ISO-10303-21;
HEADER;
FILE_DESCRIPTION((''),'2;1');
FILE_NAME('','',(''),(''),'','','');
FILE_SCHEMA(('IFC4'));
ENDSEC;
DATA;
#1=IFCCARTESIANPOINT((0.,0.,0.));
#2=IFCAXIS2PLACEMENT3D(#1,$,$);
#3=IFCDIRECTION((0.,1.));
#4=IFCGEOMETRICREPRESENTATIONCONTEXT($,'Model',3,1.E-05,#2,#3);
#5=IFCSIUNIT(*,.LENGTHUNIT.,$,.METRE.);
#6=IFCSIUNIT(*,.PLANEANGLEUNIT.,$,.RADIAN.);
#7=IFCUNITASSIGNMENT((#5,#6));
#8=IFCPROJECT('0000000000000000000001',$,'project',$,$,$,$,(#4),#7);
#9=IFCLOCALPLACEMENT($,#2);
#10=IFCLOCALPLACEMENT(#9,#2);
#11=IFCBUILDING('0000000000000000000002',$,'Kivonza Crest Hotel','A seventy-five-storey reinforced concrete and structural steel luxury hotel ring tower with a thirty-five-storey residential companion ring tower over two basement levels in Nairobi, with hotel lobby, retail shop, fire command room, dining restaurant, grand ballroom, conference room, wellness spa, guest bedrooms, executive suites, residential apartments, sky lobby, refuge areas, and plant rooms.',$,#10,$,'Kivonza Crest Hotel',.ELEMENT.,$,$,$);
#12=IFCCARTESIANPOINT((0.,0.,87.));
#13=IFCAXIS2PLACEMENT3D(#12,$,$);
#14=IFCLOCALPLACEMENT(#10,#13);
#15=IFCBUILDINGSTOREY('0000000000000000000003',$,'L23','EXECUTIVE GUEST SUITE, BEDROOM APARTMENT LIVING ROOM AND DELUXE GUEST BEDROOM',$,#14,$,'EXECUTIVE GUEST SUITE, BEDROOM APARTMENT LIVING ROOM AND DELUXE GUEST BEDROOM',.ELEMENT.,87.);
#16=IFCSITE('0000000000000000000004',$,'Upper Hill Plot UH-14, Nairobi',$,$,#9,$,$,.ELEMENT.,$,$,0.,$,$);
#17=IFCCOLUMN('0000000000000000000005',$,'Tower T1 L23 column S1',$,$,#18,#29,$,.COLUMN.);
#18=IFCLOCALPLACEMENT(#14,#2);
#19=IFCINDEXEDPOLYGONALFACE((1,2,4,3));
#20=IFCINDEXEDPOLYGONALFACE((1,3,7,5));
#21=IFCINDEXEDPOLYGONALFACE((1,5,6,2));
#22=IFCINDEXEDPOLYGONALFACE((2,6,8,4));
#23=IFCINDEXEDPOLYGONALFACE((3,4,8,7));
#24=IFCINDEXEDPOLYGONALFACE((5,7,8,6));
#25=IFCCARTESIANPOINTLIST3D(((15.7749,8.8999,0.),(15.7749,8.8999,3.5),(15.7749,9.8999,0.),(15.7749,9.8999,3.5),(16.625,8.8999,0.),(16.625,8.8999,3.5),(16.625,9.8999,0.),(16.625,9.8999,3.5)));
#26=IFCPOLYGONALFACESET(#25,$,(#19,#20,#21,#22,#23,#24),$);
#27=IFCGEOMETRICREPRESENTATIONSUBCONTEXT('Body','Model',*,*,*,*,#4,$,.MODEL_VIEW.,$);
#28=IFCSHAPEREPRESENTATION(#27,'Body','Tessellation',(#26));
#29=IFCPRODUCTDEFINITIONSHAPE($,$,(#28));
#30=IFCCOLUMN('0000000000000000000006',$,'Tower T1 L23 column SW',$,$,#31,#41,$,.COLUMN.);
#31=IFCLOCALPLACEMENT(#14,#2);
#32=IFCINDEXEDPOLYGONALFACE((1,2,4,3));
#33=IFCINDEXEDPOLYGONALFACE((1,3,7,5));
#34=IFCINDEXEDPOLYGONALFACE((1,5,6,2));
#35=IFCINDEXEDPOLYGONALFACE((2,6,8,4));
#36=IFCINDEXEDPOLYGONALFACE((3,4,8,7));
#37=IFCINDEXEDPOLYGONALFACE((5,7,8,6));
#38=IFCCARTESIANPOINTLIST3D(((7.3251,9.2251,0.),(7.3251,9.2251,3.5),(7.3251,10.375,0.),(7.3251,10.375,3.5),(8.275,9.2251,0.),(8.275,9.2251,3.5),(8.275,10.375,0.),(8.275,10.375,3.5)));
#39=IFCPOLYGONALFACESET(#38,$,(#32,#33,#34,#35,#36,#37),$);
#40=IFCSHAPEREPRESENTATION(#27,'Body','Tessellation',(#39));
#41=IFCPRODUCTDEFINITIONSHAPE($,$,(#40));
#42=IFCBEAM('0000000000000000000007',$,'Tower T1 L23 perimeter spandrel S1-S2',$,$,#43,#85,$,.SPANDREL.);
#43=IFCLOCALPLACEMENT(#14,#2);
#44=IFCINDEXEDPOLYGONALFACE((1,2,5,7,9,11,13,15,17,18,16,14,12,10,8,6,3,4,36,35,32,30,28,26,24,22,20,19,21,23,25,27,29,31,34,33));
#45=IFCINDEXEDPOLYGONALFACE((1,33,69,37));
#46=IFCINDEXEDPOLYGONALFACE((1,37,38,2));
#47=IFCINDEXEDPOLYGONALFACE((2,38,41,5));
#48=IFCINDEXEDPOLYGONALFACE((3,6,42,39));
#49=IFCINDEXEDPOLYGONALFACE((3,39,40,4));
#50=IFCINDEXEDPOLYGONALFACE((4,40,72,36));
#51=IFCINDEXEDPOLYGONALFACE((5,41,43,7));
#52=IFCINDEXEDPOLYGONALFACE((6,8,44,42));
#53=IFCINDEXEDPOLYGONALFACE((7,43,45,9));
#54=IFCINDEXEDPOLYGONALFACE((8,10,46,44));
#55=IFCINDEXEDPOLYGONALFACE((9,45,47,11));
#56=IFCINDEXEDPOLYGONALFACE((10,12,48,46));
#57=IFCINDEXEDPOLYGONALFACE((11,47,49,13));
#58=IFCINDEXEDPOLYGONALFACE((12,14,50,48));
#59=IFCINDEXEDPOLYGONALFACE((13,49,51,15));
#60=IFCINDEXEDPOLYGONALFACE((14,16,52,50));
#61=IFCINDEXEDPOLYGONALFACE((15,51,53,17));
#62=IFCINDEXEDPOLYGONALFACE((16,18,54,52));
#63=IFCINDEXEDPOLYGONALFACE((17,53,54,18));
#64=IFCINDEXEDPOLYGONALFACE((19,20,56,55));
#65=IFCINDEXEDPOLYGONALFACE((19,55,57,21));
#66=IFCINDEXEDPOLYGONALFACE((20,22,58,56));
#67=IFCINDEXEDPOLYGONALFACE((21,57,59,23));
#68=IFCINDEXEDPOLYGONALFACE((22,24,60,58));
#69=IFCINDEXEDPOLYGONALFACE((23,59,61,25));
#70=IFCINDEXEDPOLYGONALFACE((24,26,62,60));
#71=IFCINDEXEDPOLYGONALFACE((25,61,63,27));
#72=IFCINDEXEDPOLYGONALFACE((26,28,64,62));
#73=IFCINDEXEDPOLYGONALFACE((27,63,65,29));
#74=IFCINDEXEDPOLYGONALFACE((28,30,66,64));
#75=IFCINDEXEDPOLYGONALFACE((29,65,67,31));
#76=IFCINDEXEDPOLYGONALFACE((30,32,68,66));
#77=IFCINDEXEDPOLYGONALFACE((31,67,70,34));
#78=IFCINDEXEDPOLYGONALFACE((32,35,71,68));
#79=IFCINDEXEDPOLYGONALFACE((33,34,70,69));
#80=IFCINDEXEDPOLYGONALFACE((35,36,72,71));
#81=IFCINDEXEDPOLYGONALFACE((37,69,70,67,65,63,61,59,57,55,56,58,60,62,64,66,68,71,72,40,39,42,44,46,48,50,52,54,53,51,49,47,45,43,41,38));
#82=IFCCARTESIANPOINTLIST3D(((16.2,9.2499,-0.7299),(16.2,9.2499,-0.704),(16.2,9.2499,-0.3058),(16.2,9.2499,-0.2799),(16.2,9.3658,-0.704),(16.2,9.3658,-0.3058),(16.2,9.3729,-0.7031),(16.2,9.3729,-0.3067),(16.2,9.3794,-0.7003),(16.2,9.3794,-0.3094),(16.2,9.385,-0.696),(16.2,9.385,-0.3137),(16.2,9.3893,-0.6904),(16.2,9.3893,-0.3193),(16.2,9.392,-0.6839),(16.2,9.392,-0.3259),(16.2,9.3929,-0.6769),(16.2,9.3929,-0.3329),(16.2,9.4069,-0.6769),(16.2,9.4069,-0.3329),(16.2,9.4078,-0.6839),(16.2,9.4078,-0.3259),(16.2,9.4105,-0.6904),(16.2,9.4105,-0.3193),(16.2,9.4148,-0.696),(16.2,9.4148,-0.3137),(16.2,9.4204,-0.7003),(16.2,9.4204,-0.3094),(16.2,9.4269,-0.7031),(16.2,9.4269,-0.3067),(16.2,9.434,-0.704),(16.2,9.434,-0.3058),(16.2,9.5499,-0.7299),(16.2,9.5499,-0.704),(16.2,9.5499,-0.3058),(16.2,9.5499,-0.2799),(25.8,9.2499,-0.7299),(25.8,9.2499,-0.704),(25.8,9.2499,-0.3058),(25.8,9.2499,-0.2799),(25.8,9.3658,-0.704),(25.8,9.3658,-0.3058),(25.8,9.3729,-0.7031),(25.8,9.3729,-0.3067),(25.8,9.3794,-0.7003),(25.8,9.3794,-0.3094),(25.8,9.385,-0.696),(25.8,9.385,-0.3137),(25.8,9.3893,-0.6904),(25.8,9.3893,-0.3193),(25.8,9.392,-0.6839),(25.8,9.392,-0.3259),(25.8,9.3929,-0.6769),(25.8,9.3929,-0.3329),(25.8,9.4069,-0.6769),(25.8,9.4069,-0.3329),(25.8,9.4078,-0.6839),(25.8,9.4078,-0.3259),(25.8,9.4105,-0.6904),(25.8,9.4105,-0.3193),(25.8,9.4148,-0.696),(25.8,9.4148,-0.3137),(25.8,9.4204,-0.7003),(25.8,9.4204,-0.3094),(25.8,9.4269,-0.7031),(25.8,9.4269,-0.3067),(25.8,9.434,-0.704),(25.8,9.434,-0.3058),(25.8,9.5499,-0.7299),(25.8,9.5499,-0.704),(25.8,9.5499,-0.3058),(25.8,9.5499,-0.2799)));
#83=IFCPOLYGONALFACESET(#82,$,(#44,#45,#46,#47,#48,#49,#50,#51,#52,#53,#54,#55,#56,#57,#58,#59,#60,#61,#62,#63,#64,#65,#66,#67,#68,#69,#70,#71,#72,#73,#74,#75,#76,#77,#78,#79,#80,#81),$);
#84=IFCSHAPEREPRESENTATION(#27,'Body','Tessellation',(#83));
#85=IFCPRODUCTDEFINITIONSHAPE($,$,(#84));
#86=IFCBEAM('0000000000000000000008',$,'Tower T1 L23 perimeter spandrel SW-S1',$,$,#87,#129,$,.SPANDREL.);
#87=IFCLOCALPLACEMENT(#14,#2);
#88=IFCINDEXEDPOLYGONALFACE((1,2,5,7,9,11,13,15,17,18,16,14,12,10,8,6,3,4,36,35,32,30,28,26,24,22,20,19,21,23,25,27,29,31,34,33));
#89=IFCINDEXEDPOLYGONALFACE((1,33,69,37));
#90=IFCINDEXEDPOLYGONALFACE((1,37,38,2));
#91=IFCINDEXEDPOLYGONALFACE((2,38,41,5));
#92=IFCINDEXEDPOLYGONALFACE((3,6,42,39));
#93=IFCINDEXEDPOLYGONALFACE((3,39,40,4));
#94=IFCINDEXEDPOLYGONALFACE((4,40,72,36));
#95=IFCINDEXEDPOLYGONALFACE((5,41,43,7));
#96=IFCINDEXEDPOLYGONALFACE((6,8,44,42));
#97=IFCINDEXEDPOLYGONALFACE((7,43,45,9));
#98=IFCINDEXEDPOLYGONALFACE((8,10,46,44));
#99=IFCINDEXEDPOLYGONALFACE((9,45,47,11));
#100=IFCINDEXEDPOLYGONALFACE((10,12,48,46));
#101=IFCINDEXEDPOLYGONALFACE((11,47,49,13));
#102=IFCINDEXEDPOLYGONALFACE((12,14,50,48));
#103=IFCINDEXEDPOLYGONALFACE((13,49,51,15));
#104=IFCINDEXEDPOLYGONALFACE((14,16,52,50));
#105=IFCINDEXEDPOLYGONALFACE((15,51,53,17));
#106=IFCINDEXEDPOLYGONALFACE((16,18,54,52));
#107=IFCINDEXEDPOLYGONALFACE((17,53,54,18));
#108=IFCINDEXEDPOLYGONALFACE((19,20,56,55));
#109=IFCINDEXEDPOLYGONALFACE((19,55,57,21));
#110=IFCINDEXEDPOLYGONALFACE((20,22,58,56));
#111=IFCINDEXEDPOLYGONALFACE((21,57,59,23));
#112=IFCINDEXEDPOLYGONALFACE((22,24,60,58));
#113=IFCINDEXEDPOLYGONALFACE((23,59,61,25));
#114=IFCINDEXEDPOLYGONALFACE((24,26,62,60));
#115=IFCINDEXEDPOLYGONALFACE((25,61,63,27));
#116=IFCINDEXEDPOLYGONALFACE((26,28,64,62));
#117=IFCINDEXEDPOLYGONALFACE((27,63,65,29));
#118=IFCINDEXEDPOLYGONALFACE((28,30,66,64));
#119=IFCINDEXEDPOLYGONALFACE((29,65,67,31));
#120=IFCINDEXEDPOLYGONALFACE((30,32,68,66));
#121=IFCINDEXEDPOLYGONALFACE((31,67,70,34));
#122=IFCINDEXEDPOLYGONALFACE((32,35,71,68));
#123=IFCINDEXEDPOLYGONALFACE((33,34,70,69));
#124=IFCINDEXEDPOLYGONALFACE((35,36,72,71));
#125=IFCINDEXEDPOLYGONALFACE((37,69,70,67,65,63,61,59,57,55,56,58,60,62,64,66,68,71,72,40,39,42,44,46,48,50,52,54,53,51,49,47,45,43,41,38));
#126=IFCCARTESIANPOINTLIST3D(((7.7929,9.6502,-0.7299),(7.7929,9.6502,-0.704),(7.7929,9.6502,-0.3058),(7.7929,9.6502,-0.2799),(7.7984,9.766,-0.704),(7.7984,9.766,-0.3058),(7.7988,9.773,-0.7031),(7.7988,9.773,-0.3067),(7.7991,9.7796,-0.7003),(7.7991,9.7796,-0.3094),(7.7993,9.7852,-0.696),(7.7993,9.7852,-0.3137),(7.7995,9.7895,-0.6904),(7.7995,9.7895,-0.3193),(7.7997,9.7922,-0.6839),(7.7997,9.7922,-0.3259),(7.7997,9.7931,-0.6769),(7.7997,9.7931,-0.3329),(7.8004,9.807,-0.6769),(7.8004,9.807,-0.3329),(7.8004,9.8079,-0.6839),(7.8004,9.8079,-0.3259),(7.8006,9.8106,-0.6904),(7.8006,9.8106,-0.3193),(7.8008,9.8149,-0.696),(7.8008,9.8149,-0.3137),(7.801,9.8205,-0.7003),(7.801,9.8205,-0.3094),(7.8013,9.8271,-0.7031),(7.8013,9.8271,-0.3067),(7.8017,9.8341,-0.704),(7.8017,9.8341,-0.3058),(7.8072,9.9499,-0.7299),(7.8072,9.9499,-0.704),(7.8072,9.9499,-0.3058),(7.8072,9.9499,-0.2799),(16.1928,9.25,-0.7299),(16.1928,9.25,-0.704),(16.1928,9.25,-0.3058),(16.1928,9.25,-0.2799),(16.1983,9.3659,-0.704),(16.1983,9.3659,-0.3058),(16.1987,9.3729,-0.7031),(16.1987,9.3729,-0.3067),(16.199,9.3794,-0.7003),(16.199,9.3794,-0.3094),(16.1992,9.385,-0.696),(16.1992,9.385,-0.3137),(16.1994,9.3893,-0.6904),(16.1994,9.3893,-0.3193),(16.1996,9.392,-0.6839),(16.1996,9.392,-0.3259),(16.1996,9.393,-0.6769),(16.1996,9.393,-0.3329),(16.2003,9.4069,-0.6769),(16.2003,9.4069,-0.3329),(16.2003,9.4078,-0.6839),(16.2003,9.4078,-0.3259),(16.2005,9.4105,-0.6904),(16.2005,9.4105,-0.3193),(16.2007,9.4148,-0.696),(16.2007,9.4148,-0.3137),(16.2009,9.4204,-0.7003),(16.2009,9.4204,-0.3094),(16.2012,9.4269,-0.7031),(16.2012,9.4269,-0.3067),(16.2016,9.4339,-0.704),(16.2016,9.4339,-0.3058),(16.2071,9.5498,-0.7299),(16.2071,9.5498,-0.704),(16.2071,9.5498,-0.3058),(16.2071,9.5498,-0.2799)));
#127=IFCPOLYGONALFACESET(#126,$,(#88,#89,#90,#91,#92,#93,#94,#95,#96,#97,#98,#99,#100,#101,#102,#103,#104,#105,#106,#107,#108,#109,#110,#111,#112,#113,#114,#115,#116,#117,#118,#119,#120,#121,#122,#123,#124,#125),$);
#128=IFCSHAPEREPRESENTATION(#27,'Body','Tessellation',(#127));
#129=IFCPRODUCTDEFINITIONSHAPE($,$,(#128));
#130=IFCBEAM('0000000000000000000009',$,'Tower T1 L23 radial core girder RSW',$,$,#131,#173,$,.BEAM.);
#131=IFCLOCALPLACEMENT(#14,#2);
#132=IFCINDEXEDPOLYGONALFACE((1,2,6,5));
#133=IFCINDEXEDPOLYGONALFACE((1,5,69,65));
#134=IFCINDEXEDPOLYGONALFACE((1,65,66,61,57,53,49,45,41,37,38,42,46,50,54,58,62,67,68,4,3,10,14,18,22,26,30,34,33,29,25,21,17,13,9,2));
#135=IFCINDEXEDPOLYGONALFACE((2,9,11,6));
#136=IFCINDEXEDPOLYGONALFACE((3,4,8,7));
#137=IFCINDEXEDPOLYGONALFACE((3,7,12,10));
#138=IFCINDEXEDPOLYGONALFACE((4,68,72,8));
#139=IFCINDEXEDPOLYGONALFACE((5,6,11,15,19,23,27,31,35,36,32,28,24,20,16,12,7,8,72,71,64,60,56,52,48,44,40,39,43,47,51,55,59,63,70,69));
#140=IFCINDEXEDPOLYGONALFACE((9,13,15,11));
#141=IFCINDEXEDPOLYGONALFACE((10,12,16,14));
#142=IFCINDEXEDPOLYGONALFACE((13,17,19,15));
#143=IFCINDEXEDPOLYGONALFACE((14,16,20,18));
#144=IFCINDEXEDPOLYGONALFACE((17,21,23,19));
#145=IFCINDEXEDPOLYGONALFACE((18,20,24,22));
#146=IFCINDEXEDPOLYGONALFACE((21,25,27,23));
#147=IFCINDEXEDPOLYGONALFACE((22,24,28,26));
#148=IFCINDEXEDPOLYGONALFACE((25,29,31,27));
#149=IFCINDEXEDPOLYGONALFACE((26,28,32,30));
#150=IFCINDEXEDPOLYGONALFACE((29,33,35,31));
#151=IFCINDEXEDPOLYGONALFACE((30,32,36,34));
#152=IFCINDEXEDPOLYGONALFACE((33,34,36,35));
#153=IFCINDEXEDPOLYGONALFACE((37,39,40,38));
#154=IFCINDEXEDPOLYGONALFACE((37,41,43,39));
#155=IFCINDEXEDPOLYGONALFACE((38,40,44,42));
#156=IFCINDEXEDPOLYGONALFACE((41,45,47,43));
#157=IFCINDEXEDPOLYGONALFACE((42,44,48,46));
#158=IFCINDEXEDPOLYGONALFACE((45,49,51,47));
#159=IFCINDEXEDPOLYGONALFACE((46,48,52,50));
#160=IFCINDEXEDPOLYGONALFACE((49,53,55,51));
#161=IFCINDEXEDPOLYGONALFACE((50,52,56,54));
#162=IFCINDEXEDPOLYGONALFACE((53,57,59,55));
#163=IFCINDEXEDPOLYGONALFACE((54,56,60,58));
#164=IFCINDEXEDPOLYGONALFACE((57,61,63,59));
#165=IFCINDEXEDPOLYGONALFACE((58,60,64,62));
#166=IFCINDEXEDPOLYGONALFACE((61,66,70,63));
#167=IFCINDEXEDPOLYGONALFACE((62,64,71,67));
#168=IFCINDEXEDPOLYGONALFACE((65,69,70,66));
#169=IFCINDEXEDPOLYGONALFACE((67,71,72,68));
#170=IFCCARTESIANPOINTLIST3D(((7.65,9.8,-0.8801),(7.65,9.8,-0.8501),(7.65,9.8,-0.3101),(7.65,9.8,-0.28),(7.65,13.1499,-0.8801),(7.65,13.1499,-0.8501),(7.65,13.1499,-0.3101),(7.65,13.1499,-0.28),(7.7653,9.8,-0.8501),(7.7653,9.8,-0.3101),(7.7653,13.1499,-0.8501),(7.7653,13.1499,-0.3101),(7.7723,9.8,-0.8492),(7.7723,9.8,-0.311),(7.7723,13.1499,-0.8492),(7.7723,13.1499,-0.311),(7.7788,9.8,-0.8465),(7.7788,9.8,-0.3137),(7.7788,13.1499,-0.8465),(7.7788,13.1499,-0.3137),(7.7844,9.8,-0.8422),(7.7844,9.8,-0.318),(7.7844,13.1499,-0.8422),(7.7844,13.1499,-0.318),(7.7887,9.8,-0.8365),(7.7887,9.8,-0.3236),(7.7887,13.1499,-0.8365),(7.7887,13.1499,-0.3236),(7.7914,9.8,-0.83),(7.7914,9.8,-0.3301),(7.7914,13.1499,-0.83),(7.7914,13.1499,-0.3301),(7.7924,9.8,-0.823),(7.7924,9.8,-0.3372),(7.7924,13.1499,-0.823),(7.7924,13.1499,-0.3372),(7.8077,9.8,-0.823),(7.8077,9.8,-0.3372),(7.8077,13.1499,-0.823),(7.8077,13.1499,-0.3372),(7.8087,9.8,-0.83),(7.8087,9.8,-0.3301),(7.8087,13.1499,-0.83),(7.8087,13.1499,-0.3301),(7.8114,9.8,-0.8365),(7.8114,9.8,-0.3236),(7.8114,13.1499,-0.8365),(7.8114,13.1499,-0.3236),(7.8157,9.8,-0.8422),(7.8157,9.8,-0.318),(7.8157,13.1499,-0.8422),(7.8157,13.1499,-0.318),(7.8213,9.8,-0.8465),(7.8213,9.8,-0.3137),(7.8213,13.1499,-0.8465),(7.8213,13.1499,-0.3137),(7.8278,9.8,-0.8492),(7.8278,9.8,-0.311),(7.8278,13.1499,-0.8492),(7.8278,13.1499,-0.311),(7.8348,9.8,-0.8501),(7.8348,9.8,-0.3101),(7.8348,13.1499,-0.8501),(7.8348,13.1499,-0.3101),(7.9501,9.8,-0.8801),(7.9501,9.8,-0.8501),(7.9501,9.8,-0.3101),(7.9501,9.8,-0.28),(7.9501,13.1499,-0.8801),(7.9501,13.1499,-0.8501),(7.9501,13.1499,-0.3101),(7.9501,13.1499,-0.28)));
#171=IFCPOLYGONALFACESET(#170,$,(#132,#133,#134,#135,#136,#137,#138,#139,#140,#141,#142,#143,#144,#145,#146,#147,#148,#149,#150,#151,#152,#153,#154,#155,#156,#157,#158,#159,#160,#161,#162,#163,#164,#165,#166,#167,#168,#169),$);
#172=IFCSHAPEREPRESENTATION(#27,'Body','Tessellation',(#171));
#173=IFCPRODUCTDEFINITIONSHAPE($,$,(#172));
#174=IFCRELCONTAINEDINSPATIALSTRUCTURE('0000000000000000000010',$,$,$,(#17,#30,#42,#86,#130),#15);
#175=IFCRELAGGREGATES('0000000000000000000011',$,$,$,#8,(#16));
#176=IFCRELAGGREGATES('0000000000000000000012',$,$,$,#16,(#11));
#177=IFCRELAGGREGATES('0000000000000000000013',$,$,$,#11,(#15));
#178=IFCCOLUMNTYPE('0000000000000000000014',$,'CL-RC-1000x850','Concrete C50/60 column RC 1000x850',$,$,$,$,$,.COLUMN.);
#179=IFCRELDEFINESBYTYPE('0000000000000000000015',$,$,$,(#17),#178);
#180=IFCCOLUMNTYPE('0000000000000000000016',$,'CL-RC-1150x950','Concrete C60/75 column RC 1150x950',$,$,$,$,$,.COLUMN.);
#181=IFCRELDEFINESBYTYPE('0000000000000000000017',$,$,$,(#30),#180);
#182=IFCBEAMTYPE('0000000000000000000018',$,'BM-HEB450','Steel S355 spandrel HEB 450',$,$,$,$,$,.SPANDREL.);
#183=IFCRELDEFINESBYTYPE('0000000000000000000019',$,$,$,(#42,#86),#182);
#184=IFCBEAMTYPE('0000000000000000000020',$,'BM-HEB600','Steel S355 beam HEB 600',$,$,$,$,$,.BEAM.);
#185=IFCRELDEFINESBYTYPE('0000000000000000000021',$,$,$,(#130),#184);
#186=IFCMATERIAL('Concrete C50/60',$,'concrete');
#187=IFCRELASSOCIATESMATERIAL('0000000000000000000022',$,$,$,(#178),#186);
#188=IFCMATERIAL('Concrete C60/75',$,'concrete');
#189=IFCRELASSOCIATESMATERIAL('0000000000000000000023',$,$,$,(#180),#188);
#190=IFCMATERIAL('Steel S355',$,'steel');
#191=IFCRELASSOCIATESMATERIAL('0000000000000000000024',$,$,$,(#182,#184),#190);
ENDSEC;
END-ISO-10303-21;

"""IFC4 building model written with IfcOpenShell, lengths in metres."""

from ifc_helpers import new_model, si_unit, direction, frame, origin, origin_2d, place, context, subcontext, project, spatial, rectangle, i_section, extrude, material, material_profile, profile_set, type_object, element, save


model = new_model("IFC4")

# Units and contexts
model_context = context("Model", 3, precision=1e-05, world=origin(), true_north=direction((0.0, 1.0)))
body_context = subcontext(model_context, "Body", "Model", "MODEL_VIEW")
ifc_project = project(units=[si_unit("LENGTHUNIT", "METRE"), si_unit("PLANEANGLEUNIT", "RADIAN")], contexts=[model_context])

# Site, building, storey
site_placement = place(None, origin())
site = spatial("IfcSite", under=ifc_project, at=site_placement, Name="Upper Hill Plot UH-14, Nairobi", CompositionType="ELEMENT", RefElevation=0.0)
building_placement = place(site_placement, origin())
building = spatial("IfcBuilding", under=site, at=building_placement, Name="Kivonza Crest Hotel", Description="A seventy-five-storey reinforced concrete and structural steel luxury hotel ring tower with a thirty-five-storey residential companion ring tower over two basement levels in Nairobi, with hotel lobby, retail shop, fire command room, dining restaurant, grand ballroom, conference room, wellness spa, guest bedrooms, executive suites, residential apartments, sky lobby, refuge areas, and plant rooms.", LongName="Kivonza Crest Hotel", CompositionType="ELEMENT")
storey_placement = place(building_placement, frame((0.0, 0.0, 87.0)))
storey = spatial("IfcBuildingStorey", under=building, at=storey_placement, Name="L23", Description="EXECUTIVE GUEST SUITE, BEDROOM APARTMENT LIVING ROOM AND DELUXE GUEST BEDROOM", LongName="EXECUTIVE GUEST SUITE, BEDROOM APARTMENT LIVING ROOM AND DELUXE GUEST BEDROOM", CompositionType="ELEMENT", Elevation=87.0)

# Columns
ifc_material_1 = material(Name="Concrete C50/60", Category="concrete")
ifc_material_profile_1 = material_profile(ifc_material_1, rectangle(XDim=0.8501, YDim=1.0, at=origin_2d()), Name="RC 1000x850")
ifc_profile_set_1 = profile_set([ifc_material_profile_1], Name="Concrete C50/60")
column_type_1 = type_object("IfcColumnType", Name="CL-RC-1000x850", Description="Concrete C50/60 column RC 1000x850", PredefinedType="COLUMN", material=ifc_profile_set_1)
column_1_placement = place(storey_placement, frame((16.2, 9.3999, 0.0), z_axis=(0.0, 0.0, 1.0), x_axis=(1.0, 0.0, 0.0)))
element("IfcColumn", 1, at=column_1_placement, inside=storey, type_object=column_type_1, Name="Tower T1 L23 column S1", PredefinedType="COLUMN", context=body_context, shape_type="SweptSolid", body=[
    extrude(rectangle(XDim=0.8501, YDim=1.0, at=origin_2d()), origin(), (0.0, 0.0, 1.0), 3.5),
])
ifc_material_2 = material(Name="Concrete C60/75", Category="concrete")
ifc_material_profile_2 = material_profile(ifc_material_2, rectangle(XDim=0.95, YDim=1.1499, at=origin_2d()), Name="RC 1150x950")
ifc_profile_set_2 = profile_set([ifc_material_profile_2], Name="Concrete C60/75")
column_type_2 = type_object("IfcColumnType", Name="CL-RC-1150x950", Description="Concrete C60/75 column RC 1150x950", PredefinedType="COLUMN", material=ifc_profile_set_2)
column_2_placement = place(storey_placement, frame((7.8, 9.8, 0.0), z_axis=(0.0, 0.0, 1.0), x_axis=(1.0, 0.0, 0.0)))
element("IfcColumn", 2, at=column_2_placement, inside=storey, type_object=column_type_2, Name="Tower T1 L23 column SW", PredefinedType="COLUMN", context=body_context, shape_type="SweptSolid", body=[
    extrude(rectangle(XDim=0.95, YDim=1.1499, at=origin_2d()), origin(), (0.0, 0.0, 1.0), 3.5),
])

# Beams
ifc_material_3 = material(Name="Steel S355", Category="steel")
ifc_material_profile_3 = material_profile(ifc_material_3, i_section(OverallWidth=0.3, OverallDepth=0.45, WebThickness=0.0139, FlangeThickness=0.0259, FilletRadius=0.0271, at=origin_2d()), Name="HEB 450")
ifc_profile_set_3 = profile_set([ifc_material_profile_3], Name="Steel S355")
beam_type_1 = type_object("IfcBeamType", Name="BM-HEB450", Description="Steel S355 spandrel HEB 450", PredefinedType="SPANDREL", material=ifc_profile_set_3)
beam_1_placement = place(storey_placement, frame((16.2, 9.3999, -0.5049), z_axis=(1.0, 0.0, 0.0), x_axis=(0.0, 1.0, 0.0)))
element("IfcBeam", 3, at=beam_1_placement, inside=storey, type_object=beam_type_1, Name="Tower T1 L23 perimeter spandrel S1-S2", PredefinedType="SPANDREL", context=body_context, shape_type="SweptSolid", body=[
    extrude(i_section(OverallWidth=0.3, OverallDepth=0.45, WebThickness=0.0139, FlangeThickness=0.0259, FilletRadius=0.0271, at=origin_2d()), origin(), (0.0, 0.0, 1.0), 9.6001),
])
beam_2_placement = place(storey_placement, frame((7.8, 9.8, -0.5049), z_axis=(0.998867, -0.047583, 0.0), x_axis=(0.047583, 0.998867, 0.0)))
element("IfcBeam", 4, at=beam_2_placement, inside=storey, type_object=beam_type_1, Name="Tower T1 L23 perimeter spandrel SW-S1", PredefinedType="SPANDREL", context=body_context, shape_type="SweptSolid", body=[
    extrude(i_section(OverallWidth=0.3, OverallDepth=0.45, WebThickness=0.0139, FlangeThickness=0.0259, FilletRadius=0.0271, at=origin_2d()), origin(), (0.0, 0.0, 1.0), 8.4094),
])
ifc_material_profile_4 = material_profile(ifc_material_3, i_section(OverallWidth=0.3, OverallDepth=0.6001, WebThickness=0.0154, FlangeThickness=0.03, FilletRadius=0.0271, at=origin_2d()), Name="HEB 600")
ifc_profile_set_4 = profile_set([ifc_material_profile_4], Name="Steel S355")
beam_type_2 = type_object("IfcBeamType", Name="BM-HEB600", Description="Steel S355 beam HEB 600", PredefinedType="BEAM", material=ifc_profile_set_4)
beam_3_placement = place(storey_placement, frame((7.8, 9.8, -0.5801), z_axis=(0.0, 1.0, 0.0), x_axis=(-1.0, 0.0, 0.0)))
element("IfcBeam", 5, at=beam_3_placement, inside=storey, type_object=beam_type_2, Name="Tower T1 L23 radial core girder RSW", PredefinedType="BEAM", context=body_context, shape_type="SweptSolid", body=[
    extrude(i_section(OverallWidth=0.3, OverallDepth=0.6001, WebThickness=0.0154, FlangeThickness=0.03, FilletRadius=0.0271, at=origin_2d()), origin(), (0.0, 0.0, 1.0), 3.3499),
])

save(model, "model.ifc")
